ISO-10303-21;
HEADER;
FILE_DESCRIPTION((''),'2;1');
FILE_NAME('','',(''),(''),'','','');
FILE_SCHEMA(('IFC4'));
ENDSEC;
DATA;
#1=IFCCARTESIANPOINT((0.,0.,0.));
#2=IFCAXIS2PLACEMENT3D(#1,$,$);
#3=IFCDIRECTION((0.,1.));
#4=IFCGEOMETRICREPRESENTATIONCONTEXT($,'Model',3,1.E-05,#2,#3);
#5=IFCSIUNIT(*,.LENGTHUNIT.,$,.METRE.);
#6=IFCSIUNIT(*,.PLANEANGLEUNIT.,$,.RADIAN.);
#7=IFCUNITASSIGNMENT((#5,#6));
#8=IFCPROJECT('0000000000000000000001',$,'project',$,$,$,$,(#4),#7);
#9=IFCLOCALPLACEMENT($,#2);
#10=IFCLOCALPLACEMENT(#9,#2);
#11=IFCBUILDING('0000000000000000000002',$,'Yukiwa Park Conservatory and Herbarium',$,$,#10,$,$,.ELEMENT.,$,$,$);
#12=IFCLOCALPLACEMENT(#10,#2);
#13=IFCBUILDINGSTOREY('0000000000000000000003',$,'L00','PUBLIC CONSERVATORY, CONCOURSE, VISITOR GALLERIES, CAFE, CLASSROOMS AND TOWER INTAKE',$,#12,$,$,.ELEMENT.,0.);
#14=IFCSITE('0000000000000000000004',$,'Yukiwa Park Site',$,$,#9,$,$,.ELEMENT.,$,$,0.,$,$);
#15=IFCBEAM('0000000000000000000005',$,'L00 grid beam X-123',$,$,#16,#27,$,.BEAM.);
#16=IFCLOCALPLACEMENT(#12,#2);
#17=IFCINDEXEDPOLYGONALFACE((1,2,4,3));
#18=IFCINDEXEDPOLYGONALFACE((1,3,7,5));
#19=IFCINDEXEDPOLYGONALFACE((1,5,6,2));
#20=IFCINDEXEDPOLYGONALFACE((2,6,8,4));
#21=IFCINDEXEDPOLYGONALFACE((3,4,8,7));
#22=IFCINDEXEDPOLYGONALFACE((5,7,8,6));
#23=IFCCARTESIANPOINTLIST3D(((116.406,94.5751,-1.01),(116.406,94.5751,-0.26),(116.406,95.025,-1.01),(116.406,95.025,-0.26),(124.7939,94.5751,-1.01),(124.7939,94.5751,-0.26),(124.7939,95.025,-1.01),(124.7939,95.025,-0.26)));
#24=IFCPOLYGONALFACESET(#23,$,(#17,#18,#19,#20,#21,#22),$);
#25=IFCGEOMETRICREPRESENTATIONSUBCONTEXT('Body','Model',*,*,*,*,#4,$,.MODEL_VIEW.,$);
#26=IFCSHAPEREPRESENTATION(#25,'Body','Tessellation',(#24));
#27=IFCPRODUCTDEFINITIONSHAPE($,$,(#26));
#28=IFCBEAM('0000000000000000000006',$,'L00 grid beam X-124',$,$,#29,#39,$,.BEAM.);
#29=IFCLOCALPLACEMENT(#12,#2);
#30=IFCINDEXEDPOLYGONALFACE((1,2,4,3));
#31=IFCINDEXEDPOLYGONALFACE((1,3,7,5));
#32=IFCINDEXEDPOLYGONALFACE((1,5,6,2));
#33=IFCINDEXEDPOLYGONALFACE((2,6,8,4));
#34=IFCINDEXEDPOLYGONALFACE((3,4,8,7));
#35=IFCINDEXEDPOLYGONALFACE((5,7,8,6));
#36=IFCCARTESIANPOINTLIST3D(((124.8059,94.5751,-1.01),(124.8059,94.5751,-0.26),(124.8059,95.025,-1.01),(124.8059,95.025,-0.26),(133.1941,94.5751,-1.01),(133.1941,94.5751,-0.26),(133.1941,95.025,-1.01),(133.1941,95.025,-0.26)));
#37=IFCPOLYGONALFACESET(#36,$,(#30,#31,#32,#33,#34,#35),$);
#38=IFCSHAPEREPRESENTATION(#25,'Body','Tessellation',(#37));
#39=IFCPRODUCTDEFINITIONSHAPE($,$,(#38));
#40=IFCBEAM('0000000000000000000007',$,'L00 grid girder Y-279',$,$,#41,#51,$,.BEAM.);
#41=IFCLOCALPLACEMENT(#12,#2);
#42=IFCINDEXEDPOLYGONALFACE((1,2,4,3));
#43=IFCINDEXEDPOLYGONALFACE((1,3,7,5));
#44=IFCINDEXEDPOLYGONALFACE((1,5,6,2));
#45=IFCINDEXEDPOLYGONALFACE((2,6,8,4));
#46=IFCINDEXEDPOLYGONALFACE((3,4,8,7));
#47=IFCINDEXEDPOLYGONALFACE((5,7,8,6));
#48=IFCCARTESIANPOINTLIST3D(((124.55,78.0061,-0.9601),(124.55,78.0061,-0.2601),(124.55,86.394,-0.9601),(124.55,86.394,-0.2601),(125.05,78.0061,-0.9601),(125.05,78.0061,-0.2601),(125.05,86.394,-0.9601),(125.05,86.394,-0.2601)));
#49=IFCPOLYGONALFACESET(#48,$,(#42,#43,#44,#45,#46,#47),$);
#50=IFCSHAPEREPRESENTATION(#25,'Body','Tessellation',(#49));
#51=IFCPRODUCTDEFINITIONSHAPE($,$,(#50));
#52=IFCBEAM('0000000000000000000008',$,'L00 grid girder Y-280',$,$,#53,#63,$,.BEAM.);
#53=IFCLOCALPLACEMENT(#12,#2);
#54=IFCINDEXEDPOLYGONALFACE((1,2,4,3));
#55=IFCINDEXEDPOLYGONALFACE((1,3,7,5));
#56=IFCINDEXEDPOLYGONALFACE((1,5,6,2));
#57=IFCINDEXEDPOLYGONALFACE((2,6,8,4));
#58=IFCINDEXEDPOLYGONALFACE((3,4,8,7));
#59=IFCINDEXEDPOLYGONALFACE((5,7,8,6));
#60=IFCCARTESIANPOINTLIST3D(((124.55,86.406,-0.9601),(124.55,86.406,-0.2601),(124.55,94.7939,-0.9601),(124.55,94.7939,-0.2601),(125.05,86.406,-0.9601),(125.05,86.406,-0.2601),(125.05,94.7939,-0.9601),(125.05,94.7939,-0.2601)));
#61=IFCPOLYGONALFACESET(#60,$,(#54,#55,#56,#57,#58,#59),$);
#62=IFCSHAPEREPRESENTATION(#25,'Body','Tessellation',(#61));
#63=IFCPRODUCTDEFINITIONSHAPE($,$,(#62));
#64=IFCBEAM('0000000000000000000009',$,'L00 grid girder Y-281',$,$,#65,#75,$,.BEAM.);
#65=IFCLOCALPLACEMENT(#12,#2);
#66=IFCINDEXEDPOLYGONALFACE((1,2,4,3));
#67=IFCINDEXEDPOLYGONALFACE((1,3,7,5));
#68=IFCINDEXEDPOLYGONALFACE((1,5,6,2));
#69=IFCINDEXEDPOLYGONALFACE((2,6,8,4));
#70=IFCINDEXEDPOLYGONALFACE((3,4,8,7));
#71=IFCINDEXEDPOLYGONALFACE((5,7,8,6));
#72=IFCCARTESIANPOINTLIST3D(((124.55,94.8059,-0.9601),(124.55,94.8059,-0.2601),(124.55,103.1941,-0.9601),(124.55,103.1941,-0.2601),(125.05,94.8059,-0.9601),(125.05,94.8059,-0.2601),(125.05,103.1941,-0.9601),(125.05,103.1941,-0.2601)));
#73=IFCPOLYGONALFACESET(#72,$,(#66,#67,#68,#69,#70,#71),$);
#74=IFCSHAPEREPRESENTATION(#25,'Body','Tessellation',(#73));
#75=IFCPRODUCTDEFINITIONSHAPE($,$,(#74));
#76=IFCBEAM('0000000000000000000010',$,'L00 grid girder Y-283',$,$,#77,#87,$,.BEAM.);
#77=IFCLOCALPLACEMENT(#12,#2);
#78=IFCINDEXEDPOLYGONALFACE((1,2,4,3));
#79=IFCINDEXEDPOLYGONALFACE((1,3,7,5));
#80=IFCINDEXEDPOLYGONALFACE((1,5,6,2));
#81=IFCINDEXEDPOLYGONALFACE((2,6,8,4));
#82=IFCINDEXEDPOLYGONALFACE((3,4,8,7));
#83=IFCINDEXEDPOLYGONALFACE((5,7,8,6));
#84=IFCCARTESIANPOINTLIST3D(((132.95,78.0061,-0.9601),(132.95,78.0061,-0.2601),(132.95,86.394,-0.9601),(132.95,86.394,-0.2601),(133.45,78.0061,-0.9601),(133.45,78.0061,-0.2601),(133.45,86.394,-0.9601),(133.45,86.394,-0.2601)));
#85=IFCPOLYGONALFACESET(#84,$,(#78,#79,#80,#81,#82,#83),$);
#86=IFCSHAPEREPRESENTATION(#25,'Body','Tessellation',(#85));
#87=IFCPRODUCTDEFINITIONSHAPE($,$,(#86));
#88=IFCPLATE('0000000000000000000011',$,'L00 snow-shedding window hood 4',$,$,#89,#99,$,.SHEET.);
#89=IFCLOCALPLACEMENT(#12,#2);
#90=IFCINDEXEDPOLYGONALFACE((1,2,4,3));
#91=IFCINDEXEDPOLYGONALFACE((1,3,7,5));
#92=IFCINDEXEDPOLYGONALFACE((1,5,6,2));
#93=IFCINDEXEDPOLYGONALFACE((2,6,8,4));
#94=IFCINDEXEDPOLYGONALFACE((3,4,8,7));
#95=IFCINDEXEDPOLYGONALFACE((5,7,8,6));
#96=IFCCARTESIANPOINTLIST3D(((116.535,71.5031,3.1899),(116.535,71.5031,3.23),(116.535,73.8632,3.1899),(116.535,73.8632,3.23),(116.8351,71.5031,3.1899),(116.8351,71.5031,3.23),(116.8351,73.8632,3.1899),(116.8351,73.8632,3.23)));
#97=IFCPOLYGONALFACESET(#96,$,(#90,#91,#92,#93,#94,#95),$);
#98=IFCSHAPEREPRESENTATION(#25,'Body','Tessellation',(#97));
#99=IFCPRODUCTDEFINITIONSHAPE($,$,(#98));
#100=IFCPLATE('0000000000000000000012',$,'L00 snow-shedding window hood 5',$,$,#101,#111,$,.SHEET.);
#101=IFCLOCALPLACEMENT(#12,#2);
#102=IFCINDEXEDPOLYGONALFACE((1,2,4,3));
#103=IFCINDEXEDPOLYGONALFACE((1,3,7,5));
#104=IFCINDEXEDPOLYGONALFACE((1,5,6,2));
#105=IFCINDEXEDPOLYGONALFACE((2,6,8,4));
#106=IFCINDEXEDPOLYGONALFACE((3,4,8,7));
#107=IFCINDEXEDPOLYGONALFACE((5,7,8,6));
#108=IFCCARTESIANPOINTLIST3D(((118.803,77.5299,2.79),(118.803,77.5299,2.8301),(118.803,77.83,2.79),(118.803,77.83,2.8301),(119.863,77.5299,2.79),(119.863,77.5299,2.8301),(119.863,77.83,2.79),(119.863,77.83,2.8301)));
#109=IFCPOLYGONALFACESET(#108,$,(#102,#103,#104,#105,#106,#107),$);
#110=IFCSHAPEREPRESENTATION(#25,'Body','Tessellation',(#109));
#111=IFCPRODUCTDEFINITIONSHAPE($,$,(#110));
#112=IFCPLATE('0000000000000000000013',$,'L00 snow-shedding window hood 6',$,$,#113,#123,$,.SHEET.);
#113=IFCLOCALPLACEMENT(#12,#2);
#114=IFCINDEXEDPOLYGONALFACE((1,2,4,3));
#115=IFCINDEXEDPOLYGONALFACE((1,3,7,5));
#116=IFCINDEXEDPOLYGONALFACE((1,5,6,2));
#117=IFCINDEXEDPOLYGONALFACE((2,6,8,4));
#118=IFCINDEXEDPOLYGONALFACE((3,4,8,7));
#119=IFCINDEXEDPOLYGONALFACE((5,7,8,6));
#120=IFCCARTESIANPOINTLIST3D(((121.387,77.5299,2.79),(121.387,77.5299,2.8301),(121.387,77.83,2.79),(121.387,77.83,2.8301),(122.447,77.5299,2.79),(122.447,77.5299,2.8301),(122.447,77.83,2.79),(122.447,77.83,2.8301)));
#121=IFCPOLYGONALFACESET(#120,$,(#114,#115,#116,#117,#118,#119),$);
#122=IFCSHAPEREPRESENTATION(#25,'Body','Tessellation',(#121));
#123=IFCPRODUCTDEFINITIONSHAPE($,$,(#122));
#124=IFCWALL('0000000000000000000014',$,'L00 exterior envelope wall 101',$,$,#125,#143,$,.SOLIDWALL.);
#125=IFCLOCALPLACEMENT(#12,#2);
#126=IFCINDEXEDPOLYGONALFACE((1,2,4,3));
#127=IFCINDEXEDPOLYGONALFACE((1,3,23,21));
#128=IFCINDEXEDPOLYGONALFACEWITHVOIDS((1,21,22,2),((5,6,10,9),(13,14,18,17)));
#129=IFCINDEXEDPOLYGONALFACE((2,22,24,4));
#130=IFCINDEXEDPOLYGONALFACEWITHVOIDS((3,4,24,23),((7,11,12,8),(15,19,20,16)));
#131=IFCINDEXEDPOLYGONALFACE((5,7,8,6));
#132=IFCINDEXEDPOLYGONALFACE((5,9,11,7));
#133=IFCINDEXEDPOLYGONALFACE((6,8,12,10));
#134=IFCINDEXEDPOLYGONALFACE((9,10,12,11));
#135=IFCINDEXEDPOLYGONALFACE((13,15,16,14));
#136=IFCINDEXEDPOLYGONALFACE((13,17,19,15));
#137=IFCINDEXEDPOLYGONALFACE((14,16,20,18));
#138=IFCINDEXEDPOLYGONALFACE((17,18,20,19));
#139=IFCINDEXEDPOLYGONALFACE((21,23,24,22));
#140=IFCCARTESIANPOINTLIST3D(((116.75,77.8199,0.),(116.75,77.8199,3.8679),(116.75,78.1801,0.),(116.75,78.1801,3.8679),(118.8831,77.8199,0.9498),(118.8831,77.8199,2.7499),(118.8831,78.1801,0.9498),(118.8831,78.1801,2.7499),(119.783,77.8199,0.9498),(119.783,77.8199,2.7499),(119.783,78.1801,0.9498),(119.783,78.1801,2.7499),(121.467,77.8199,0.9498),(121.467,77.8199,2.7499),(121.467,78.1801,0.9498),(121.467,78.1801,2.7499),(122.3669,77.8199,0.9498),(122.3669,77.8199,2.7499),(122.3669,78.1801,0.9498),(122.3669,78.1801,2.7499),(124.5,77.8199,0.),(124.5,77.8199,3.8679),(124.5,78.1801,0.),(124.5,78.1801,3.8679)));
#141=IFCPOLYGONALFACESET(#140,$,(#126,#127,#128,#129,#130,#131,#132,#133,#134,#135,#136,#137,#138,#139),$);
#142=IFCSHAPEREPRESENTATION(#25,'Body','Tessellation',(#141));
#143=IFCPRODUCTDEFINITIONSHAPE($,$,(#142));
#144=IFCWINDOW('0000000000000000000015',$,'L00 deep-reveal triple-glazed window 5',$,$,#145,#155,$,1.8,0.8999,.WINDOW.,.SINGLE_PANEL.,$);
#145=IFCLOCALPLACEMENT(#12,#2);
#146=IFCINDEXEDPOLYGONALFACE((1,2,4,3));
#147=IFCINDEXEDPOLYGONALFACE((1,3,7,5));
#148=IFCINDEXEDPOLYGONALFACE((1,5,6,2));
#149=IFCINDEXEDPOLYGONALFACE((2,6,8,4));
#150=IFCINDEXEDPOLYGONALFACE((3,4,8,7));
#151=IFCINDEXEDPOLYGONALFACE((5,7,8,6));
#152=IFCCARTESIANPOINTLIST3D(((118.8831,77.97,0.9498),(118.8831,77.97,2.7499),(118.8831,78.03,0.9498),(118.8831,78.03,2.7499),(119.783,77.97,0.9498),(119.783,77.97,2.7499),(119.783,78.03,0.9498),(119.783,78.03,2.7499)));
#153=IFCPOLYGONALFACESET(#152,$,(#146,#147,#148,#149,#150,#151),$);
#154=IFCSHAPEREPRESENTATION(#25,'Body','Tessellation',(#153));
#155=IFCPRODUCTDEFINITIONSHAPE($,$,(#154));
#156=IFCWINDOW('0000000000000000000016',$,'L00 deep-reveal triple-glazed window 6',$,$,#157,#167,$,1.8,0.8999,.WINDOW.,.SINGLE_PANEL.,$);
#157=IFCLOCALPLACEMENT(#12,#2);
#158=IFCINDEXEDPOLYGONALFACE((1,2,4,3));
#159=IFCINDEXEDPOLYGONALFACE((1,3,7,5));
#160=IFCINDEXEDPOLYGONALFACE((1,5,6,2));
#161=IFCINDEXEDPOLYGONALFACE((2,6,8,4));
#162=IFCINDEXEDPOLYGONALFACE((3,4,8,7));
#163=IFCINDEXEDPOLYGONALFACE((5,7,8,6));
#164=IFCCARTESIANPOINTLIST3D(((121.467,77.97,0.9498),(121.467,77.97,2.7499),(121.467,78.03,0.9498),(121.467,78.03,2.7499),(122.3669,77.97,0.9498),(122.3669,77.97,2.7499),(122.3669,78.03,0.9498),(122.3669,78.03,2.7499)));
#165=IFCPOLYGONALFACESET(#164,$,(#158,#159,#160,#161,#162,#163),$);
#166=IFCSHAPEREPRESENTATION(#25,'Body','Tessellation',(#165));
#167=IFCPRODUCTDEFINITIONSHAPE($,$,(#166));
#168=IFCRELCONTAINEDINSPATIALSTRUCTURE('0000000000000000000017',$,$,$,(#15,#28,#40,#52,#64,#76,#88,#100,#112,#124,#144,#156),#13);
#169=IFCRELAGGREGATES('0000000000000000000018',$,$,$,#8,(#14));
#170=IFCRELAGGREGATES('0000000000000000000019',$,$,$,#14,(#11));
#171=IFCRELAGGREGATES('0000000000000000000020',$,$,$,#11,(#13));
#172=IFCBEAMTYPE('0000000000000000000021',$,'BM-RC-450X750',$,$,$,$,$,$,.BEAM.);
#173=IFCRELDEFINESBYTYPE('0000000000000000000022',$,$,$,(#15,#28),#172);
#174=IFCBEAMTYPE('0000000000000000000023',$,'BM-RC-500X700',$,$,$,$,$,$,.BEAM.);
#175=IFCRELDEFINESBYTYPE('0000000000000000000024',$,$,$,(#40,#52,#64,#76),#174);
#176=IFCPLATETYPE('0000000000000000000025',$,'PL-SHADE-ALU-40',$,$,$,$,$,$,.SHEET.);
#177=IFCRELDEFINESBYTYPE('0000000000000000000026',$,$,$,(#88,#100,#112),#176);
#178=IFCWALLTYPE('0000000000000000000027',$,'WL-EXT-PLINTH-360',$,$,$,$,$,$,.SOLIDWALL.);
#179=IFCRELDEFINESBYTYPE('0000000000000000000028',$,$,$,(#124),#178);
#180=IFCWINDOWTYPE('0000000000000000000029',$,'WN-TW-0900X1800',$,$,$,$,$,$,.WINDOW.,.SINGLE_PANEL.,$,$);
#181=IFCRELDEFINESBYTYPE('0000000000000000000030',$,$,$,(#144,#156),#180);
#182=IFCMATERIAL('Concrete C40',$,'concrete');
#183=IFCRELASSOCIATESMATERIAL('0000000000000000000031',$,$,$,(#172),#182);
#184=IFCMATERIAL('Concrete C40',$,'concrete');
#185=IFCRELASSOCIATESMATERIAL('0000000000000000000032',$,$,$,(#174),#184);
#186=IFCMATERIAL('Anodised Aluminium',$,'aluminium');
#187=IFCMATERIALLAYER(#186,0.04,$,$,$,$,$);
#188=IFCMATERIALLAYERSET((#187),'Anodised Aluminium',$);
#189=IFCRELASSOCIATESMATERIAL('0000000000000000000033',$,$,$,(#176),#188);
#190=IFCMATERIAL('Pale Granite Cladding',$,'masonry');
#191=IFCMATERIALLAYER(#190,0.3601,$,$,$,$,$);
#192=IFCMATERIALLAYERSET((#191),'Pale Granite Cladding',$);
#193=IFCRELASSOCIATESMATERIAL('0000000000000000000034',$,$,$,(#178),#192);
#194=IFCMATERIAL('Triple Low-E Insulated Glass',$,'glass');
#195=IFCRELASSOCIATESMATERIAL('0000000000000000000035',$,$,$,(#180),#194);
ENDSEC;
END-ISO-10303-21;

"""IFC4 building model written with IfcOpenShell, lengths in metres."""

from ifc_helpers import new_model, si_unit, direction, frame, frame_2d, origin, origin_2d, place, context, subcontext, project, spatial, rectangle, extrude, material, layer, layer_set, material_profile, profile_set, type_object, element, fill, save


model = new_model("IFC4")

# Units and contexts
model_context = context("Model", 3, precision=1e-05, world=origin(), true_north=direction((0.0, 1.0)))
body_context = subcontext(model_context, "Body", "Model", "MODEL_VIEW")
ifc_project = project(units=[si_unit("LENGTHUNIT", "METRE"), si_unit("PLANEANGLEUNIT", "RADIAN")], contexts=[model_context])

# Site, building, storey
site_placement = place(None, origin())
site = spatial("IfcSite", under=ifc_project, at=site_placement, Name="Yukiwa Park Site", CompositionType="ELEMENT", RefElevation=0.0)
building_placement = place(site_placement, origin())
building = spatial("IfcBuilding", under=site, at=building_placement, Name="Yukiwa Park Conservatory and Herbarium", CompositionType="ELEMENT")
storey_placement = place(building_placement, origin())
storey = spatial("IfcBuildingStorey", under=building, at=storey_placement, Name="L00", Description="PUBLIC CONSERVATORY, CONCOURSE, VISITOR GALLERIES, CAFE, CLASSROOMS AND TOWER INTAKE", CompositionType="ELEMENT", Elevation=0.0)

# Beams
ifc_material_1 = material(Name="Concrete C40", Category="concrete")
ifc_material_profile_1 = material_profile(ifc_material_1, rectangle(XDim=0.45, YDim=0.75, at=origin_2d()), Name="RC 450x750")
ifc_profile_set_1 = profile_set([ifc_material_profile_1], Name="Concrete C40")
beam_type_1 = type_object("IfcBeamType", Name="BM-RC-450X750", PredefinedType="BEAM", material=ifc_profile_set_1)
beam_1_placement = place(storey_placement, frame((116.406, 94.8, -0.635), z_axis=(1.0, 0.0, 0.0), x_axis=(0.0, 1.0, 0.0)))
element("IfcBeam", 1, at=beam_1_placement, inside=storey, type_object=beam_type_1, Name="L00 grid beam X-123", PredefinedType="BEAM", context=body_context, shape_type="SweptSolid", body=[
    extrude(rectangle(XDim=0.45, YDim=0.75, at=origin_2d()), origin(), (0.0, 0.0, 1.0), 8.3879),
])
beam_2_placement = place(storey_placement, frame((124.8059, 94.8, -0.635), z_axis=(1.0, 0.0, 0.0), x_axis=(0.0, 1.0, 0.0)))
element("IfcBeam", 2, at=beam_2_placement, inside=storey, type_object=beam_type_1, Name="L00 grid beam X-124", PredefinedType="BEAM", context=body_context, shape_type="SweptSolid", body=[
    extrude(rectangle(XDim=0.45, YDim=0.75, at=origin_2d()), origin(), (0.0, 0.0, 1.0), 8.3882),
])
ifc_material_2 = material(Name="Concrete C40", Category="concrete")
ifc_material_profile_2 = material_profile(ifc_material_2, rectangle(XDim=0.5, YDim=0.7, at=origin_2d()), Name="RC 500x700")
ifc_profile_set_2 = profile_set([ifc_material_profile_2], Name="Concrete C40")
beam_type_2 = type_object("IfcBeamType", Name="BM-RC-500X700", PredefinedType="BEAM", material=ifc_profile_set_2)
for number, where, z_axis, x_axis, name in (
    (3, (124.8, 78.0061, -0.6101), (0.0, 1.0, 0.0), (-1.0, 0.0, 0.0), "L00 grid girder Y-279"),
    (4, (124.8, 86.406, -0.6101), (0.0, 1.0, 0.0), (-1.0, 0.0, 0.0), "L00 grid girder Y-280"),
):
    element("IfcBeam", number, at=place(storey_placement, frame(where, z_axis=z_axis, x_axis=x_axis)), inside=storey, type_object=beam_type_2, Name=name, PredefinedType="BEAM", context=body_context, shape_type="SweptSolid", body=[
        extrude(rectangle(XDim=0.5, YDim=0.7, at=origin_2d()), origin(), (0.0, 0.0, 1.0), 8.3879),
    ])
beam_3_placement = place(storey_placement, frame((124.8, 94.8059, -0.6101), z_axis=(0.0, 1.0, 0.0), x_axis=(-1.0, 0.0, 0.0)))
element("IfcBeam", 5, at=beam_3_placement, inside=storey, type_object=beam_type_2, Name="L00 grid girder Y-281", PredefinedType="BEAM", context=body_context, shape_type="SweptSolid", body=[
    extrude(rectangle(XDim=0.5, YDim=0.7, at=origin_2d()), origin(), (0.0, 0.0, 1.0), 8.3882),
])
beam_4_placement = place(storey_placement, frame((133.2, 78.0061, -0.6101), z_axis=(0.0, 1.0, 0.0), x_axis=(-1.0, 0.0, 0.0)))
element("IfcBeam", 6, at=beam_4_placement, inside=storey, type_object=beam_type_2, Name="L00 grid girder Y-283", PredefinedType="BEAM", context=body_context, shape_type="SweptSolid", body=[
    extrude(rectangle(XDim=0.5, YDim=0.7, at=origin_2d()), origin(), (0.0, 0.0, 1.0), 8.3879),
])

# Plates
ifc_material_3 = material(Name="Anodised Aluminium", Category="aluminium")
ifc_layer_1 = layer(ifc_material_3, 0.04)
ifc_layer_set_1 = layer_set([ifc_layer_1], Name="Anodised Aluminium")
plate_type = type_object("IfcPlateType", Name="PL-SHADE-ALU-40", PredefinedType="SHEET", material=ifc_layer_set_1)
plate_placement = place(storey_placement, frame((116.6851, 72.6831, 3.1899), z_axis=(0.0, 0.0, 1.0), x_axis=(0.0, 1.0, 0.0)))
element("IfcPlate", 7, at=plate_placement, inside=storey, type_object=plate_type, Name="L00 snow-shedding window hood 4", PredefinedType="SHEET", context=body_context, shape_type="SweptSolid", body=[
    extrude(rectangle(XDim=2.3601, YDim=0.3, at=origin_2d()), origin(), (0.0, 0.0, 1.0), 0.04),
])
for number, where, z_axis, x_axis, name in (
    (8, (119.333, 77.6799, 2.79), (0.0, 0.0, 1.0), (1.0, 0.0, 0.0), "L00 snow-shedding window hood 5"),
    (9, (121.917, 77.6799, 2.79), (0.0, 0.0, 1.0), (1.0, 0.0, 0.0), "L00 snow-shedding window hood 6"),
):
    element("IfcPlate", number, at=place(storey_placement, frame(where, z_axis=z_axis, x_axis=x_axis)), inside=storey, type_object=plate_type, Name=name, PredefinedType="SHEET", context=body_context, shape_type="SweptSolid", body=[
        extrude(rectangle(XDim=1.0601, YDim=0.3, at=origin_2d()), origin(), (0.0, 0.0, 1.0), 0.04),
    ])

# Wall, openings, windows
ifc_material_4 = material(Name="Pale Granite Cladding", Category="masonry")
ifc_layer_2 = layer(ifc_material_4, 0.3601)
ifc_layer_set_2 = layer_set([ifc_layer_2], Name="Pale Granite Cladding")
wall_type_1 = type_object("IfcWallType", Name="WL-EXT-PLINTH-360", PredefinedType="SOLIDWALL", material=ifc_layer_set_2)
wall_1_placement = place(storey_placement, frame((116.75, 78.0, 0.0), z_axis=(0.0, 0.0, 1.0), x_axis=(1.0, 0.0, 0.0)))
wall_1 = element("IfcWall", 10, at=wall_1_placement, inside=storey, type_object=wall_type_1, Name="L00 exterior envelope wall 101", PredefinedType="SOLIDWALL", context=body_context, shape_type="SweptSolid", body=[
    extrude(rectangle(XDim=7.75, YDim=0.3601, at=frame_2d((3.875, 0.0))), origin(), (0.0, 0.0, 1.0), 3.8679),
])
opening_1_placement = place(wall_1_placement, frame((2.1331, 0.0, 0.95)))
opening_1 = element("IfcOpeningElement", 11, at=opening_1_placement, cuts=wall_1, PredefinedType="OPENING", context=body_context, shape_type="SweptSolid", body=[
    extrude(rectangle(XDim=0.8999, YDim=1.8, at=frame_2d((0.45, 0.8999))), frame((0.0, 0.1899, 0.0), z_axis=(0.0, -1.0, 0.0), x_axis=(1.0, 0.0, 0.0)), (0.0, 0.0, 1.0), 0.3801),
])
opening_2_placement = place(wall_1_placement, frame((4.717, 0.0, 0.95)))
opening_2 = element("IfcOpeningElement", 12, at=opening_2_placement, cuts=wall_1, PredefinedType="OPENING", context=body_context, shape_type="SweptSolid", body=[
    extrude(rectangle(XDim=0.8999, YDim=1.8, at=frame_2d((0.45, 0.8999))), frame((0.0, 0.1899, 0.0), z_axis=(0.0, -1.0, 0.0), x_axis=(1.0, 0.0, 0.0)), (0.0, 0.0, 1.0), 0.3801),
])
ifc_material_5 = material(Name="Triple Low-E Insulated Glass", Category="glass")
window_type = type_object("IfcWindowType", Name="WN-TW-0900X1800", PartitioningType="SINGLE_PANEL", PredefinedType="WINDOW", material=ifc_material_5)
window_1_placement = place(opening_1_placement, origin())
window_1 = element("IfcWindow", 13, at=window_1_placement, inside=storey, type_object=window_type, Name="L00 deep-reveal triple-glazed window 5", OverallHeight=1.8, OverallWidth=0.8999, PartitioningType="SINGLE_PANEL", PredefinedType="WINDOW", context=body_context, shape_type="SweptSolid", body=[
    extrude(rectangle(XDim=0.8999, YDim=1.8, at=frame_2d((0.45, 0.8999))), frame((0.0, 0.03, 0.0), z_axis=(0.0, -1.0, 0.0), x_axis=(1.0, 0.0, 0.0)), (0.0, 0.0, 1.0), 0.0601),
])
fill(opening_1, window_1)
window_2_placement = place(opening_2_placement, origin())
window_2 = element("IfcWindow", 14, at=window_2_placement, inside=storey, type_object=window_type, Name="L00 deep-reveal triple-glazed window 6", OverallHeight=1.8, OverallWidth=0.8999, PartitioningType="SINGLE_PANEL", PredefinedType="WINDOW", context=body_context, shape_type="SweptSolid", body=[
    extrude(rectangle(XDim=0.8999, YDim=1.8, at=frame_2d((0.45, 0.8999))), frame((0.0, 0.03, 0.0), z_axis=(0.0, -1.0, 0.0), x_axis=(1.0, 0.0, 0.0)), (0.0, 0.0, 1.0), 0.0601),
])
fill(opening_2, window_2)

save(model, "model.ifc")
